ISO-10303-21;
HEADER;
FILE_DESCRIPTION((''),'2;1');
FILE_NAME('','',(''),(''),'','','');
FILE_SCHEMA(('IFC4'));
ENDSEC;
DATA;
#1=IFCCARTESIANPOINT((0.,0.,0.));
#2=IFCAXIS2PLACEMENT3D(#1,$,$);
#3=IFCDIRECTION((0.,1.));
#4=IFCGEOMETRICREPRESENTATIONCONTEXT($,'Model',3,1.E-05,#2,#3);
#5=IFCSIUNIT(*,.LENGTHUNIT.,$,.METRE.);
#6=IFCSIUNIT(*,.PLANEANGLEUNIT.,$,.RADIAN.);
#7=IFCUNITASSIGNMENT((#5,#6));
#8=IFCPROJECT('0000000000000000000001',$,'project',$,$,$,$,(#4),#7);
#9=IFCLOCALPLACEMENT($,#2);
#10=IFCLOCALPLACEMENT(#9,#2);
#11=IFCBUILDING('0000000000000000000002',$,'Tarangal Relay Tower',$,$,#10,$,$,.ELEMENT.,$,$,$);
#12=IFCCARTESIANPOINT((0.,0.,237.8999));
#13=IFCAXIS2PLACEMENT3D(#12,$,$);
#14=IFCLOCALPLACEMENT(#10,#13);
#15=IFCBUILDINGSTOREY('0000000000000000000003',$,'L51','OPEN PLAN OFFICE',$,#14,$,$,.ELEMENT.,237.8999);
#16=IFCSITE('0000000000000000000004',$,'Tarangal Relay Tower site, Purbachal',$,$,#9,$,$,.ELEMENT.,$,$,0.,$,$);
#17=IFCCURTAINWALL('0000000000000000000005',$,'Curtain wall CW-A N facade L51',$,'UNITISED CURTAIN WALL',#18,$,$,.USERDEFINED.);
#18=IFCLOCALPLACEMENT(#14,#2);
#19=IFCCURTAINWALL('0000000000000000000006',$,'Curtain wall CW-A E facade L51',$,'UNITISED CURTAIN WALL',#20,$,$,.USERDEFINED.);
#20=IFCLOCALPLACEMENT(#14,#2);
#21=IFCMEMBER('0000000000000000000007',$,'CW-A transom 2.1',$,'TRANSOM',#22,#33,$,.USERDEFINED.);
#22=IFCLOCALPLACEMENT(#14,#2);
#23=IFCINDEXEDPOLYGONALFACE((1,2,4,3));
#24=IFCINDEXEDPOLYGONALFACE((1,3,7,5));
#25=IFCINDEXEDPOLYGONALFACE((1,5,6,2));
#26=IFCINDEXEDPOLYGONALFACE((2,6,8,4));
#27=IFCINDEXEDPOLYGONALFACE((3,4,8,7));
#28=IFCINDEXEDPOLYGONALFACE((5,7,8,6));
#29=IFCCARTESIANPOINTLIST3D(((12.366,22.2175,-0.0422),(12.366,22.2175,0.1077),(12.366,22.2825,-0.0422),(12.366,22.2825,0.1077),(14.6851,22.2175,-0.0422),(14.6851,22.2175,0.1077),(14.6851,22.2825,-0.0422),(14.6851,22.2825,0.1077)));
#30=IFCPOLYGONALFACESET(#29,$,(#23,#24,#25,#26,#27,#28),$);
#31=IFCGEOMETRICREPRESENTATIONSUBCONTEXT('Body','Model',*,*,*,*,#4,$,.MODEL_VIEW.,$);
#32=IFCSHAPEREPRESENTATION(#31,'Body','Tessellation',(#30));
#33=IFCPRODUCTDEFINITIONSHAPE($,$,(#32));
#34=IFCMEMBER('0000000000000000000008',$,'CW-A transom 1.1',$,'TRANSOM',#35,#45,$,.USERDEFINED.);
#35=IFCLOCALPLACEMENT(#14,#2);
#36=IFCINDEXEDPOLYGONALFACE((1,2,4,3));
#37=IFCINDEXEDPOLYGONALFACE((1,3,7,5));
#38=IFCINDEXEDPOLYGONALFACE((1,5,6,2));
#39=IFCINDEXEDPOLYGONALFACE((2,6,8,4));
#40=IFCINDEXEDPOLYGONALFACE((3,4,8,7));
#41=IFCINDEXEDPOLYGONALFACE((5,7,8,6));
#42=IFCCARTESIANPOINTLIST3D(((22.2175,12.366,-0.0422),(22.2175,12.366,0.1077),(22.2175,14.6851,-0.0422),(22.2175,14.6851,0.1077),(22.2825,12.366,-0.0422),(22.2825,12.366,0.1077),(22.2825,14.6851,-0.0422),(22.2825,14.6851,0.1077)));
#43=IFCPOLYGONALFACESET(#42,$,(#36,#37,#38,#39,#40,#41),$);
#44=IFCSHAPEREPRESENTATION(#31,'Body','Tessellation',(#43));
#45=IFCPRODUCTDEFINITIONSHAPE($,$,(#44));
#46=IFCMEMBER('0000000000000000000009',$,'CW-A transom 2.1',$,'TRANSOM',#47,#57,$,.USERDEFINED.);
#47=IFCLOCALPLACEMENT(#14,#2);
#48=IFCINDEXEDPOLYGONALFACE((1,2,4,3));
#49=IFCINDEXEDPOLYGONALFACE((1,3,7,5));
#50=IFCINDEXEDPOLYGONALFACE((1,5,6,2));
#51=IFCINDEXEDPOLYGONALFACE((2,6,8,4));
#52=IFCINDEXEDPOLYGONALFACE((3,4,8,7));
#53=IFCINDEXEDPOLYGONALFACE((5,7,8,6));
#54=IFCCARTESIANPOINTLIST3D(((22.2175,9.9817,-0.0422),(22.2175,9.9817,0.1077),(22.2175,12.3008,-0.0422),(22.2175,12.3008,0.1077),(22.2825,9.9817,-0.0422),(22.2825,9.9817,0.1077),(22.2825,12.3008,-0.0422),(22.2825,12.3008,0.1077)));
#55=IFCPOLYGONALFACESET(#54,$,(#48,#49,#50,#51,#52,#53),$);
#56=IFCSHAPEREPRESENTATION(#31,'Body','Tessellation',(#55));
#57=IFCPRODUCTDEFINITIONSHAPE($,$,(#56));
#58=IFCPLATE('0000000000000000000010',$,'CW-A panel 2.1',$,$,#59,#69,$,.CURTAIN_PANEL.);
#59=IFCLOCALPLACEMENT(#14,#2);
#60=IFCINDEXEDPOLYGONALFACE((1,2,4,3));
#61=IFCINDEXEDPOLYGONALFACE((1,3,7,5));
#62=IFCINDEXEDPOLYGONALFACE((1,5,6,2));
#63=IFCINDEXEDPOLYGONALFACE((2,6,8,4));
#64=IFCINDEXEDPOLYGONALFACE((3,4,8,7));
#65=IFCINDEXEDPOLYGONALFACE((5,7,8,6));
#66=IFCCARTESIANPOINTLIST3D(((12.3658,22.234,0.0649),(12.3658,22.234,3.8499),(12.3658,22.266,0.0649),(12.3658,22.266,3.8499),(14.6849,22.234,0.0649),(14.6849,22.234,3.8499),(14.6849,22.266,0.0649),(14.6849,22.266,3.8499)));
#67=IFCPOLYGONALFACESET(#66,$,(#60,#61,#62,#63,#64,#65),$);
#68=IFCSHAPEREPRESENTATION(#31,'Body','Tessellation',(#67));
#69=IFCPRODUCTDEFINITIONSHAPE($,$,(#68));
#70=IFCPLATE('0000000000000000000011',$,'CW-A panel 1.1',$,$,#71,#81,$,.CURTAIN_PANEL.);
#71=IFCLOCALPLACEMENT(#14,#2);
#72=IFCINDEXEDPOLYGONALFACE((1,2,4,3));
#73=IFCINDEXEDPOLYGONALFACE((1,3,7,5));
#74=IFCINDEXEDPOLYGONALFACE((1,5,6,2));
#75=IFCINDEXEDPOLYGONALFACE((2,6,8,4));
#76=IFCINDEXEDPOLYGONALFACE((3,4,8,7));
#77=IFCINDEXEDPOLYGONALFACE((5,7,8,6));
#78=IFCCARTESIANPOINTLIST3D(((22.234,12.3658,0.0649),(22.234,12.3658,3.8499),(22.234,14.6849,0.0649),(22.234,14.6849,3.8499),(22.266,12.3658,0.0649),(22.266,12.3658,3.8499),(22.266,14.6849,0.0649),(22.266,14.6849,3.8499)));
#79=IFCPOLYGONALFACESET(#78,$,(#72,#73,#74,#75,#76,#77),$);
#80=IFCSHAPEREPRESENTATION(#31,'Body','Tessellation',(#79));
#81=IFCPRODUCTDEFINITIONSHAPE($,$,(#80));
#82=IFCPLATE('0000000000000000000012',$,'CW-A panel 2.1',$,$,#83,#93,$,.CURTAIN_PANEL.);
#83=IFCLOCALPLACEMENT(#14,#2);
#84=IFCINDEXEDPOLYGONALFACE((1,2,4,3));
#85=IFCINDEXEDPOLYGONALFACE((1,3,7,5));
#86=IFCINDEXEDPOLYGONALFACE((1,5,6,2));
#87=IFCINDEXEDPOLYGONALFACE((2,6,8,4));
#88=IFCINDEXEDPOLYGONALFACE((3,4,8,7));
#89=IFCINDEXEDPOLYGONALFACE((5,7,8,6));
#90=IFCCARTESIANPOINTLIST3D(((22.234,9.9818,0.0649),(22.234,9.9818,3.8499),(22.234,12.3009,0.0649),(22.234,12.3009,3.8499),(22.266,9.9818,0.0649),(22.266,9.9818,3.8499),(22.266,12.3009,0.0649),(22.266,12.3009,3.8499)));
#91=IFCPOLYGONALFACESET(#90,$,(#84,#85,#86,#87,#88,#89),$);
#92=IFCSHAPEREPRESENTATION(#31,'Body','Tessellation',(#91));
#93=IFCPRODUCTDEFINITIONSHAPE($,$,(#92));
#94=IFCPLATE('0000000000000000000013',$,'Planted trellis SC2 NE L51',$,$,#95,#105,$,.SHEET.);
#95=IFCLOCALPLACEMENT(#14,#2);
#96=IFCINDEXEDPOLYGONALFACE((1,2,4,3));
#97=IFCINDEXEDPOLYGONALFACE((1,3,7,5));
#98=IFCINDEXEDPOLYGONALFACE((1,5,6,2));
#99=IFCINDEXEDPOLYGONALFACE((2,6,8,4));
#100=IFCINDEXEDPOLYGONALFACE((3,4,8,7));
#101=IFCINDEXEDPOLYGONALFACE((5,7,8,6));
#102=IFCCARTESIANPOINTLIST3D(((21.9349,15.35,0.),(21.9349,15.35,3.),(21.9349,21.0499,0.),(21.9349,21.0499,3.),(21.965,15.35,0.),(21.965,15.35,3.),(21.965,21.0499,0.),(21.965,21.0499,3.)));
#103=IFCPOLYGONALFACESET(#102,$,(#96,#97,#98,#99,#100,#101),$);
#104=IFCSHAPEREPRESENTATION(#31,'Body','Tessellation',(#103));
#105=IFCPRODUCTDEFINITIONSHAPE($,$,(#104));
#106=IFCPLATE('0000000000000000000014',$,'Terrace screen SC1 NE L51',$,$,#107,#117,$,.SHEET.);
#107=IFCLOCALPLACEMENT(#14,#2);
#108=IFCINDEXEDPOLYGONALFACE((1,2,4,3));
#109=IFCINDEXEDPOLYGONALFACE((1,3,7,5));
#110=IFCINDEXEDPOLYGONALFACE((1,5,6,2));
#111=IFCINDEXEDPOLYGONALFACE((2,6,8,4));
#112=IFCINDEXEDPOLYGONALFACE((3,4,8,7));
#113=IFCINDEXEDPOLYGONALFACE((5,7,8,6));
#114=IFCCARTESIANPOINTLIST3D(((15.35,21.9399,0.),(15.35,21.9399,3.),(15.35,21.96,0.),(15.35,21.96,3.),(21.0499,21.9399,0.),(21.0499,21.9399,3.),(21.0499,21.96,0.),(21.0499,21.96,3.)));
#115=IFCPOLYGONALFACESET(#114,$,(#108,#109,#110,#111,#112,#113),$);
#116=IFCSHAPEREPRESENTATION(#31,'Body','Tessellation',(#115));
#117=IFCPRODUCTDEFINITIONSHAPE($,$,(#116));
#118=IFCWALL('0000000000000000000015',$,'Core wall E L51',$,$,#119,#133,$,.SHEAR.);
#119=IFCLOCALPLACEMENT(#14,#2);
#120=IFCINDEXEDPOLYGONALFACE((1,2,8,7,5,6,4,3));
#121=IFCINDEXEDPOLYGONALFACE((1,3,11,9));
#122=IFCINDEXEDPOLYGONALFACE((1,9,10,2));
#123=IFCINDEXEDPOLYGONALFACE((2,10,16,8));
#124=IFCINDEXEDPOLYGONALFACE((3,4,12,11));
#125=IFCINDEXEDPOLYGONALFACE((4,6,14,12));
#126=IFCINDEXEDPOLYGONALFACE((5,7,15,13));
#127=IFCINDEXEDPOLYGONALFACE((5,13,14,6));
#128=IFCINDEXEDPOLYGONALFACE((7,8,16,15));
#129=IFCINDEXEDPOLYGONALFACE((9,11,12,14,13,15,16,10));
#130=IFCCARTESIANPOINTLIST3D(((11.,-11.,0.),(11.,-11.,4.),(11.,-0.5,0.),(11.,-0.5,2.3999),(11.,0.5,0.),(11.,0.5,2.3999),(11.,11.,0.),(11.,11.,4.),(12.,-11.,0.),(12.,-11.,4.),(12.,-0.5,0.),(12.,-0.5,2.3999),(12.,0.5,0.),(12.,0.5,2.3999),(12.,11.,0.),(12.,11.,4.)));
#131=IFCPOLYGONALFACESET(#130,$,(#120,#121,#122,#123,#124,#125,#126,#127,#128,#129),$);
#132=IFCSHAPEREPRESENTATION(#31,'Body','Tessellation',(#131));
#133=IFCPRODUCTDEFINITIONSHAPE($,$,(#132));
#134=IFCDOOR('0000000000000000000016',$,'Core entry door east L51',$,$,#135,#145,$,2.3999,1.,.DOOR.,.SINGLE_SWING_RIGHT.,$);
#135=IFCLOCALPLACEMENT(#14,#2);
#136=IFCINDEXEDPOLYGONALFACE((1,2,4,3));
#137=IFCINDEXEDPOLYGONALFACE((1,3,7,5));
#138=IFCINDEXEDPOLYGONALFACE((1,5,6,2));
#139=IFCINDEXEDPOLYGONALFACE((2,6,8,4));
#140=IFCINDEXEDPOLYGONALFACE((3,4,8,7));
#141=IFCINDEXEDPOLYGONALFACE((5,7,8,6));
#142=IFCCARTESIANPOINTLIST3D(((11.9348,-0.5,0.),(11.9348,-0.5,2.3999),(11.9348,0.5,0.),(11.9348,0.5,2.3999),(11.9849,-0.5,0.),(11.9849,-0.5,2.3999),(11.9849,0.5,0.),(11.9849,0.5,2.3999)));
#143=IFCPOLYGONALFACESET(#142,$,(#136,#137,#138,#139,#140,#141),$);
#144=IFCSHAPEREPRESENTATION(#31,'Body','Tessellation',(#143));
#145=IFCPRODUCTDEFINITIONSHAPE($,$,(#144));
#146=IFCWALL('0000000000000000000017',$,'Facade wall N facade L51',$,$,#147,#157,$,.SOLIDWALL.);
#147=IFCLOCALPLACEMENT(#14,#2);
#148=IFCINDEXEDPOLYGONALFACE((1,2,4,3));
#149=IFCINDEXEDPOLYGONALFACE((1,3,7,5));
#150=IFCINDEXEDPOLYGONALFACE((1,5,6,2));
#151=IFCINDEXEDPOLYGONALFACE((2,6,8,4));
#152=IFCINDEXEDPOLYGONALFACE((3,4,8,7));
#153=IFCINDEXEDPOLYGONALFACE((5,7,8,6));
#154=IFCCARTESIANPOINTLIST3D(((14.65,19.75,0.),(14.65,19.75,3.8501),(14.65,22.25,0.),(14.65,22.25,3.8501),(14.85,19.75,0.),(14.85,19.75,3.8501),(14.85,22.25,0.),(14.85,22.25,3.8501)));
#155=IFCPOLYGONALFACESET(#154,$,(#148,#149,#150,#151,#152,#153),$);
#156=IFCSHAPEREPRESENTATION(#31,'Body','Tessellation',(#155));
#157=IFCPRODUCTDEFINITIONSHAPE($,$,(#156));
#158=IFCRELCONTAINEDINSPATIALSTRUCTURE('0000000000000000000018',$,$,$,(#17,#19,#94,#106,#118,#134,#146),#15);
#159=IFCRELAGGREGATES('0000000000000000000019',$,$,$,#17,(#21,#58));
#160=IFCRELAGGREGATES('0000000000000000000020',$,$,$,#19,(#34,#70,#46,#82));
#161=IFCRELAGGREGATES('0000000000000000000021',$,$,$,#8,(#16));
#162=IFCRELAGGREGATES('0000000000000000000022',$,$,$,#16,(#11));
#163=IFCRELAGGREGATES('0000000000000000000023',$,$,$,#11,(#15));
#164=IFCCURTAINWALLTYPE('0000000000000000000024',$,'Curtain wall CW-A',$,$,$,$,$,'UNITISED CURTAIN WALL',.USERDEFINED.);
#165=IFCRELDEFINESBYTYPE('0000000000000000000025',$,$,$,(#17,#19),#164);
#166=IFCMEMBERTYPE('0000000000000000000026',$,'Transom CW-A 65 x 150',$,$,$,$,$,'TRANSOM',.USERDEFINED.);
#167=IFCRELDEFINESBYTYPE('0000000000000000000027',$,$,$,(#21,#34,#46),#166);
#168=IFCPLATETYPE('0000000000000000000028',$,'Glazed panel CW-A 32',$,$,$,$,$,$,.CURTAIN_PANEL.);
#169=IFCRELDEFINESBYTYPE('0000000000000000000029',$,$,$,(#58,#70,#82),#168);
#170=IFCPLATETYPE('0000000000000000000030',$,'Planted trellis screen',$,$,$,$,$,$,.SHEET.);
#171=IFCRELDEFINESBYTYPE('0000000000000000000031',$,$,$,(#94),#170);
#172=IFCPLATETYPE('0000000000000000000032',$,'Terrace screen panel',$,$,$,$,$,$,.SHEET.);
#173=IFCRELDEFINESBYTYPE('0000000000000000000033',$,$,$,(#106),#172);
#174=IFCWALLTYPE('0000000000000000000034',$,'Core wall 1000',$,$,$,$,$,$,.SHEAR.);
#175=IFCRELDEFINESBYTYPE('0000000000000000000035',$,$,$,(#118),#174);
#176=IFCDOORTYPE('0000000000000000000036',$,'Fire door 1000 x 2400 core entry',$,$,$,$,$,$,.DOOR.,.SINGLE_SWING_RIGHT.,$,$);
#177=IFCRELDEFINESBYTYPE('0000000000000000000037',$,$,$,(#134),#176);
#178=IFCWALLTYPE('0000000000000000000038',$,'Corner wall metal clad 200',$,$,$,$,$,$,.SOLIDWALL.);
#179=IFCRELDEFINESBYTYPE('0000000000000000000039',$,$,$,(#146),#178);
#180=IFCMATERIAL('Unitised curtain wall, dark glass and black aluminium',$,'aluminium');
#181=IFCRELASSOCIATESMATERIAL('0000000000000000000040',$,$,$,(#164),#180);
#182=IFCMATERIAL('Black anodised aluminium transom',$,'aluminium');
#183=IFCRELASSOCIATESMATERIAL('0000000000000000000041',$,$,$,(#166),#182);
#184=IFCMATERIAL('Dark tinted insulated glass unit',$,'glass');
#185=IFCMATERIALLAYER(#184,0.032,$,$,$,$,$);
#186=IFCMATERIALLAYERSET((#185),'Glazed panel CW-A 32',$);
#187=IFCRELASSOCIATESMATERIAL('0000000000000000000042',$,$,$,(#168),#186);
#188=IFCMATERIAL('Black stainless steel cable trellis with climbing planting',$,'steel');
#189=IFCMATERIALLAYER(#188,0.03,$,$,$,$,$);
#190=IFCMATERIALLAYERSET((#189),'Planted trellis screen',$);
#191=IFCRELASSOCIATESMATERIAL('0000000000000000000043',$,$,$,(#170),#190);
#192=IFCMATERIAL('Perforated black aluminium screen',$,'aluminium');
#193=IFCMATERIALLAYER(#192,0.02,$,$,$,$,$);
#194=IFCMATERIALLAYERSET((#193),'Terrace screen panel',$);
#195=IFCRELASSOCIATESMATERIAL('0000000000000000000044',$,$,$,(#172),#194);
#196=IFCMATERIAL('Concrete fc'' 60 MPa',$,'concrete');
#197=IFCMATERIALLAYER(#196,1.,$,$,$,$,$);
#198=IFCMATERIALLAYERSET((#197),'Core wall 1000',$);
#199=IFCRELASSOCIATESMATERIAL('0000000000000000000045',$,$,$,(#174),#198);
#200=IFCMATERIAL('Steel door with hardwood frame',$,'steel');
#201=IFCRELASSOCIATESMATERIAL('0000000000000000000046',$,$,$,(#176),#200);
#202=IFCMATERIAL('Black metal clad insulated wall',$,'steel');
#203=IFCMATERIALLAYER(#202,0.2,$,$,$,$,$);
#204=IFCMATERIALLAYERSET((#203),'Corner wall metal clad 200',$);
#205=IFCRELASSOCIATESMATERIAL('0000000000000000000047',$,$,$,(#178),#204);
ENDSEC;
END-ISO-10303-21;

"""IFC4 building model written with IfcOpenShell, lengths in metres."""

from ifc_helpers import new_model, si_unit, direction, frame, frame_2d, origin, origin_2d, place, context, subcontext, project, spatial, rectangle, extrude, material, layer, layer_set, material_profile, profile_set, type_object, element, fill, aggregate, save


model = new_model("IFC4")

# Units and contexts
model_context = context("Model", 3, precision=1e-05, world=origin(), true_north=direction((0.0, 1.0)))
body_context = subcontext(model_context, "Body", "Model", "MODEL_VIEW")
ifc_project = project(units=[si_unit("LENGTHUNIT", "METRE"), si_unit("PLANEANGLEUNIT", "RADIAN")], contexts=[model_context])

# Site, building, storey
site_placement = place(None, origin())
site = spatial("IfcSite", under=ifc_project, at=site_placement, Name="Tarangal Relay Tower site, Purbachal", CompositionType="ELEMENT", RefElevation=0.0)
building_placement = place(site_placement, origin())
building = spatial("IfcBuilding", under=site, at=building_placement, Name="Tarangal Relay Tower", CompositionType="ELEMENT")
storey_placement = place(building_placement, frame((0.0, 0.0, 237.8999)))
storey = spatial("IfcBuildingStorey", under=building, at=storey_placement, Name="L51", Description="OPEN PLAN OFFICE", CompositionType="ELEMENT", Elevation=237.8999)

# Curtain walls
ifc_material_1 = material(Name="Unitised curtain wall, dark glass and black aluminium", Category="aluminium")
curtain_wall_type = type_object("IfcCurtainWallType", Name="Curtain wall CW-A", ElementType="UNITISED CURTAIN WALL", PredefinedType="USERDEFINED", material=ifc_material_1)
curtain_wall_1_placement = place(storey_placement, origin())
curtain_wall_1 = element("IfcCurtainWall", 1, at=curtain_wall_1_placement, inside=storey, type_object=curtain_wall_type, Name="Curtain wall CW-A N facade L51", ObjectType="UNITISED CURTAIN WALL", PredefinedType="USERDEFINED")
curtain_wall_2_placement = place(storey_placement, origin())
curtain_wall_2 = element("IfcCurtainWall", 2, at=curtain_wall_2_placement, inside=storey, type_object=curtain_wall_type, Name="Curtain wall CW-A E facade L51", ObjectType="UNITISED CURTAIN WALL", PredefinedType="USERDEFINED")

# Members
ifc_material_2 = material(Name="Black anodised aluminium transom", Category="aluminium")
ifc_material_profile_1 = material_profile(ifc_material_2, rectangle(XDim=0.0649, YDim=0.1499, at=origin_2d()), Name="CW-AT 65X150")
ifc_profile_set_1 = profile_set([ifc_material_profile_1], Name="Black anodised aluminium transom")
member_type_1 = type_object("IfcMemberType", Name="Transom CW-A 65 x 150", ElementType="TRANSOM", PredefinedType="USERDEFINED", material=ifc_profile_set_1)
member_1_placement = place(storey_placement, frame((12.366, 22.25, 0.0327), z_axis=(1.0, 0.0, 0.0), x_axis=(0.0, 1.0, 0.0)))
member_1 = element("IfcMember", 3, at=member_1_placement, type_object=member_type_1, Name="CW-A transom 2.1", ObjectType="TRANSOM", PredefinedType="USERDEFINED", context=body_context, shape_type="SweptSolid", body=[
    extrude(rectangle(XDim=0.0649, YDim=0.1499, at=origin_2d()), origin(), (0.0, 0.0, 1.0), 2.3191),
])
member_2_placement = place(storey_placement, frame((22.25, 14.6851, 0.0327), z_axis=(0.0, -1.0, 0.0), x_axis=(1.0, 0.0, 0.0)))
member_2 = element("IfcMember", 4, at=member_2_placement, type_object=member_type_1, Name="CW-A transom 1.1", ObjectType="TRANSOM", PredefinedType="USERDEFINED", context=body_context, shape_type="SweptSolid", body=[
    extrude(rectangle(XDim=0.0649, YDim=0.1499, at=origin_2d()), origin(), (0.0, 0.0, 1.0), 2.3191),
])
member_3_placement = place(storey_placement, frame((22.25, 12.3008, 0.0327), z_axis=(0.0, -1.0, 0.0), x_axis=(1.0, 0.0, 0.0)))
member_3 = element("IfcMember", 5, at=member_3_placement, type_object=member_type_1, Name="CW-A transom 2.1", ObjectType="TRANSOM", PredefinedType="USERDEFINED", context=body_context, shape_type="SweptSolid", body=[
    extrude(rectangle(XDim=0.0649, YDim=0.1499, at=origin_2d()), origin(), (0.0, 0.0, 1.0), 2.3191),
])

# Plates
ifc_material_3 = material(Name="Dark tinted insulated glass unit", Category="glass")
ifc_layer_1 = layer(ifc_material_3, 0.032)
ifc_layer_set_1 = layer_set([ifc_layer_1], Name="Glazed panel CW-A 32")
plate_type_1 = type_object("IfcPlateType", Name="Glazed panel CW-A 32", PredefinedType="CURTAIN_PANEL", material=ifc_layer_set_1)
plate_1_placement = place(storey_placement, frame((13.5254, 22.25, 0.0649), z_axis=(0.0, 0.0, 1.0), x_axis=(1.0, 0.0, 0.0)))
plate_1 = element("IfcPlate", 6, at=plate_1_placement, type_object=plate_type_1, Name="CW-A panel 2.1", PredefinedType="CURTAIN_PANEL", context=body_context, shape_type="SweptSolid", body=[
    extrude(rectangle(XDim=2.3191, YDim=0.032, at=origin_2d()), origin(), (0.0, 0.0, 1.0), 3.7849),
])
aggregate(curtain_wall_1, [member_1, plate_1])
plate_2_placement = place(storey_placement, frame((22.25, 13.5254, 0.0649), z_axis=(0.0, 0.0, 1.0), x_axis=(0.0, -1.0, 0.0)))
plate_2 = element("IfcPlate", 7, at=plate_2_placement, type_object=plate_type_1, Name="CW-A panel 1.1", PredefinedType="CURTAIN_PANEL", context=body_context, shape_type="SweptSolid", body=[
    extrude(rectangle(XDim=2.3191, YDim=0.032, at=origin_2d()), origin(), (0.0, 0.0, 1.0), 3.7849),
])
plate_3_placement = place(storey_placement, frame((22.25, 11.1414, 0.0649), z_axis=(0.0, 0.0, 1.0), x_axis=(0.0, -1.0, 0.0)))
plate_3 = element("IfcPlate", 8, at=plate_3_placement, type_object=plate_type_1, Name="CW-A panel 2.1", PredefinedType="CURTAIN_PANEL", context=body_context, shape_type="SweptSolid", body=[
    extrude(rectangle(XDim=2.3191, YDim=0.032, at=origin_2d()), origin(), (0.0, 0.0, 1.0), 3.7849),
])
aggregate(curtain_wall_2, [member_2, plate_2, member_3, plate_3])

# Plates
ifc_material_4 = material(Name="Black stainless steel cable trellis with climbing planting", Category="steel")
ifc_layer_2 = layer(ifc_material_4, 0.03)
ifc_layer_set_2 = layer_set([ifc_layer_2], Name="Planted trellis screen")
plate_type_2 = type_object("IfcPlateType", Name="Planted trellis screen", PredefinedType="SHEET", material=ifc_layer_set_2)
plate_4_placement = place(storey_placement, frame((21.95, 18.2, 0.0), z_axis=(0.0, 0.0, 1.0), x_axis=(0.0, -1.0, 0.0)))
element("IfcPlate", 9, at=plate_4_placement, inside=storey, type_object=plate_type_2, Name="Planted trellis SC2 NE L51", PredefinedType="SHEET", context=body_context, shape_type="SweptSolid", body=[
    extrude(rectangle(XDim=5.7, YDim=0.03, at=origin_2d()), origin(), (0.0, 0.0, 1.0), 3.0),
])
ifc_material_5 = material(Name="Perforated black aluminium screen", Category="aluminium")
ifc_layer_3 = layer(ifc_material_5, 0.02)
ifc_layer_set_3 = layer_set([ifc_layer_3], Name="Terrace screen panel")
plate_type_3 = type_object("IfcPlateType", Name="Terrace screen panel", PredefinedType="SHEET", material=ifc_layer_set_3)
plate_5_placement = place(storey_placement, frame((18.2, 21.95, 0.0), z_axis=(0.0, 0.0, 1.0), x_axis=(1.0, 0.0, 0.0)))
element("IfcPlate", 10, at=plate_5_placement, inside=storey, type_object=plate_type_3, Name="Terrace screen SC1 NE L51", PredefinedType="SHEET", context=body_context, shape_type="SweptSolid", body=[
    extrude(rectangle(XDim=5.7, YDim=0.02, at=origin_2d()), origin(), (0.0, 0.0, 1.0), 3.0),
])

# Wall, opening, door
ifc_material_6 = material(Name="Concrete fc' 60 MPa", Category="concrete")
ifc_layer_4 = layer(ifc_material_6, 1.0)
ifc_layer_set_4 = layer_set([ifc_layer_4], Name="Core wall 1000")
wall_type_1 = type_object("IfcWallType", Name="Core wall 1000", PredefinedType="SHEAR", material=ifc_layer_set_4)
wall_1_placement = place(storey_placement, frame((11.5, 11.0, 0.0), z_axis=(0.0, 0.0, 1.0), x_axis=(0.0, -1.0, 0.0)))
wall_1 = element("IfcWall", 11, at=wall_1_placement, inside=storey, type_object=wall_type_1, Name="Core wall E L51", PredefinedType="SHEAR", context=body_context, shape_type="SweptSolid", body=[
    extrude(rectangle(XDim=22.0, YDim=1.0, at=frame_2d((11.0, 0.0))), origin(), (0.0, 0.0, 1.0), 4.0),
])
opening_1_placement = place(wall_1_placement, frame((10.5, 0.0, 0.0)))
opening_1 = element("IfcOpeningElement", 12, at=opening_1_placement, cuts=wall_1, PredefinedType="OPENING", context=body_context, shape_type="SweptSolid", body=[
    extrude(rectangle(XDim=1.0, YDim=2.3999, at=frame_2d((0.5, 1.2))), frame((0.0, 0.51, 0.0), z_axis=(0.0, -1.0, 0.0), x_axis=(1.0, 0.0, 0.0)), (0.0, 0.0, 1.0), 1.02),
])
ifc_material_7 = material(Name="Steel door with hardwood frame", Category="steel")
door_type_1 = type_object("IfcDoorType", Name="Fire door 1000 x 2400 core entry", OperationType="SINGLE_SWING_RIGHT", PredefinedType="DOOR", material=ifc_material_7)
door_1_placement = place(opening_1_placement, origin())
door_1 = element("IfcDoor", 13, at=door_1_placement, inside=storey, type_object=door_type_1, Name="Core entry door east L51", OperationType="SINGLE_SWING_RIGHT", OverallHeight=2.3999, OverallWidth=1.0, PredefinedType="DOOR", context=body_context, shape_type="SweptSolid", body=[
    extrude(rectangle(XDim=1.0, YDim=2.3999, at=frame_2d((0.5, 1.2))), frame((0.0, 0.4849, 0.0), z_axis=(0.0, -1.0, 0.0), x_axis=(1.0, 0.0, 0.0)), (0.0, 0.0, 1.0), 0.05),
])
fill(opening_1, door_1)

# Wall
ifc_material_8 = material(Name="Black metal clad insulated wall", Category="steel")
ifc_layer_5 = layer(ifc_material_8, 0.2)
ifc_layer_set_5 = layer_set([ifc_layer_5], Name="Corner wall metal clad 200")
wall_type_2 = type_object("IfcWallType", Name="Corner wall metal clad 200", PredefinedType="SOLIDWALL", material=ifc_layer_set_5)
wall_2_placement = place(storey_placement, frame((14.75, 22.25, 0.0), z_axis=(0.0, 0.0, 1.0), x_axis=(0.0, -1.0, 0.0)))
element("IfcWall", 14, at=wall_2_placement, inside=storey, type_object=wall_type_2, Name="Facade wall N facade L51", PredefinedType="SOLIDWALL", context=body_context, shape_type="SweptSolid", body=[
    extrude(rectangle(XDim=2.5, YDim=0.2, at=frame_2d((1.25, 0.0))), origin(), (0.0, 0.0, 1.0), 3.8501),
])

save(model, "model.ifc")
